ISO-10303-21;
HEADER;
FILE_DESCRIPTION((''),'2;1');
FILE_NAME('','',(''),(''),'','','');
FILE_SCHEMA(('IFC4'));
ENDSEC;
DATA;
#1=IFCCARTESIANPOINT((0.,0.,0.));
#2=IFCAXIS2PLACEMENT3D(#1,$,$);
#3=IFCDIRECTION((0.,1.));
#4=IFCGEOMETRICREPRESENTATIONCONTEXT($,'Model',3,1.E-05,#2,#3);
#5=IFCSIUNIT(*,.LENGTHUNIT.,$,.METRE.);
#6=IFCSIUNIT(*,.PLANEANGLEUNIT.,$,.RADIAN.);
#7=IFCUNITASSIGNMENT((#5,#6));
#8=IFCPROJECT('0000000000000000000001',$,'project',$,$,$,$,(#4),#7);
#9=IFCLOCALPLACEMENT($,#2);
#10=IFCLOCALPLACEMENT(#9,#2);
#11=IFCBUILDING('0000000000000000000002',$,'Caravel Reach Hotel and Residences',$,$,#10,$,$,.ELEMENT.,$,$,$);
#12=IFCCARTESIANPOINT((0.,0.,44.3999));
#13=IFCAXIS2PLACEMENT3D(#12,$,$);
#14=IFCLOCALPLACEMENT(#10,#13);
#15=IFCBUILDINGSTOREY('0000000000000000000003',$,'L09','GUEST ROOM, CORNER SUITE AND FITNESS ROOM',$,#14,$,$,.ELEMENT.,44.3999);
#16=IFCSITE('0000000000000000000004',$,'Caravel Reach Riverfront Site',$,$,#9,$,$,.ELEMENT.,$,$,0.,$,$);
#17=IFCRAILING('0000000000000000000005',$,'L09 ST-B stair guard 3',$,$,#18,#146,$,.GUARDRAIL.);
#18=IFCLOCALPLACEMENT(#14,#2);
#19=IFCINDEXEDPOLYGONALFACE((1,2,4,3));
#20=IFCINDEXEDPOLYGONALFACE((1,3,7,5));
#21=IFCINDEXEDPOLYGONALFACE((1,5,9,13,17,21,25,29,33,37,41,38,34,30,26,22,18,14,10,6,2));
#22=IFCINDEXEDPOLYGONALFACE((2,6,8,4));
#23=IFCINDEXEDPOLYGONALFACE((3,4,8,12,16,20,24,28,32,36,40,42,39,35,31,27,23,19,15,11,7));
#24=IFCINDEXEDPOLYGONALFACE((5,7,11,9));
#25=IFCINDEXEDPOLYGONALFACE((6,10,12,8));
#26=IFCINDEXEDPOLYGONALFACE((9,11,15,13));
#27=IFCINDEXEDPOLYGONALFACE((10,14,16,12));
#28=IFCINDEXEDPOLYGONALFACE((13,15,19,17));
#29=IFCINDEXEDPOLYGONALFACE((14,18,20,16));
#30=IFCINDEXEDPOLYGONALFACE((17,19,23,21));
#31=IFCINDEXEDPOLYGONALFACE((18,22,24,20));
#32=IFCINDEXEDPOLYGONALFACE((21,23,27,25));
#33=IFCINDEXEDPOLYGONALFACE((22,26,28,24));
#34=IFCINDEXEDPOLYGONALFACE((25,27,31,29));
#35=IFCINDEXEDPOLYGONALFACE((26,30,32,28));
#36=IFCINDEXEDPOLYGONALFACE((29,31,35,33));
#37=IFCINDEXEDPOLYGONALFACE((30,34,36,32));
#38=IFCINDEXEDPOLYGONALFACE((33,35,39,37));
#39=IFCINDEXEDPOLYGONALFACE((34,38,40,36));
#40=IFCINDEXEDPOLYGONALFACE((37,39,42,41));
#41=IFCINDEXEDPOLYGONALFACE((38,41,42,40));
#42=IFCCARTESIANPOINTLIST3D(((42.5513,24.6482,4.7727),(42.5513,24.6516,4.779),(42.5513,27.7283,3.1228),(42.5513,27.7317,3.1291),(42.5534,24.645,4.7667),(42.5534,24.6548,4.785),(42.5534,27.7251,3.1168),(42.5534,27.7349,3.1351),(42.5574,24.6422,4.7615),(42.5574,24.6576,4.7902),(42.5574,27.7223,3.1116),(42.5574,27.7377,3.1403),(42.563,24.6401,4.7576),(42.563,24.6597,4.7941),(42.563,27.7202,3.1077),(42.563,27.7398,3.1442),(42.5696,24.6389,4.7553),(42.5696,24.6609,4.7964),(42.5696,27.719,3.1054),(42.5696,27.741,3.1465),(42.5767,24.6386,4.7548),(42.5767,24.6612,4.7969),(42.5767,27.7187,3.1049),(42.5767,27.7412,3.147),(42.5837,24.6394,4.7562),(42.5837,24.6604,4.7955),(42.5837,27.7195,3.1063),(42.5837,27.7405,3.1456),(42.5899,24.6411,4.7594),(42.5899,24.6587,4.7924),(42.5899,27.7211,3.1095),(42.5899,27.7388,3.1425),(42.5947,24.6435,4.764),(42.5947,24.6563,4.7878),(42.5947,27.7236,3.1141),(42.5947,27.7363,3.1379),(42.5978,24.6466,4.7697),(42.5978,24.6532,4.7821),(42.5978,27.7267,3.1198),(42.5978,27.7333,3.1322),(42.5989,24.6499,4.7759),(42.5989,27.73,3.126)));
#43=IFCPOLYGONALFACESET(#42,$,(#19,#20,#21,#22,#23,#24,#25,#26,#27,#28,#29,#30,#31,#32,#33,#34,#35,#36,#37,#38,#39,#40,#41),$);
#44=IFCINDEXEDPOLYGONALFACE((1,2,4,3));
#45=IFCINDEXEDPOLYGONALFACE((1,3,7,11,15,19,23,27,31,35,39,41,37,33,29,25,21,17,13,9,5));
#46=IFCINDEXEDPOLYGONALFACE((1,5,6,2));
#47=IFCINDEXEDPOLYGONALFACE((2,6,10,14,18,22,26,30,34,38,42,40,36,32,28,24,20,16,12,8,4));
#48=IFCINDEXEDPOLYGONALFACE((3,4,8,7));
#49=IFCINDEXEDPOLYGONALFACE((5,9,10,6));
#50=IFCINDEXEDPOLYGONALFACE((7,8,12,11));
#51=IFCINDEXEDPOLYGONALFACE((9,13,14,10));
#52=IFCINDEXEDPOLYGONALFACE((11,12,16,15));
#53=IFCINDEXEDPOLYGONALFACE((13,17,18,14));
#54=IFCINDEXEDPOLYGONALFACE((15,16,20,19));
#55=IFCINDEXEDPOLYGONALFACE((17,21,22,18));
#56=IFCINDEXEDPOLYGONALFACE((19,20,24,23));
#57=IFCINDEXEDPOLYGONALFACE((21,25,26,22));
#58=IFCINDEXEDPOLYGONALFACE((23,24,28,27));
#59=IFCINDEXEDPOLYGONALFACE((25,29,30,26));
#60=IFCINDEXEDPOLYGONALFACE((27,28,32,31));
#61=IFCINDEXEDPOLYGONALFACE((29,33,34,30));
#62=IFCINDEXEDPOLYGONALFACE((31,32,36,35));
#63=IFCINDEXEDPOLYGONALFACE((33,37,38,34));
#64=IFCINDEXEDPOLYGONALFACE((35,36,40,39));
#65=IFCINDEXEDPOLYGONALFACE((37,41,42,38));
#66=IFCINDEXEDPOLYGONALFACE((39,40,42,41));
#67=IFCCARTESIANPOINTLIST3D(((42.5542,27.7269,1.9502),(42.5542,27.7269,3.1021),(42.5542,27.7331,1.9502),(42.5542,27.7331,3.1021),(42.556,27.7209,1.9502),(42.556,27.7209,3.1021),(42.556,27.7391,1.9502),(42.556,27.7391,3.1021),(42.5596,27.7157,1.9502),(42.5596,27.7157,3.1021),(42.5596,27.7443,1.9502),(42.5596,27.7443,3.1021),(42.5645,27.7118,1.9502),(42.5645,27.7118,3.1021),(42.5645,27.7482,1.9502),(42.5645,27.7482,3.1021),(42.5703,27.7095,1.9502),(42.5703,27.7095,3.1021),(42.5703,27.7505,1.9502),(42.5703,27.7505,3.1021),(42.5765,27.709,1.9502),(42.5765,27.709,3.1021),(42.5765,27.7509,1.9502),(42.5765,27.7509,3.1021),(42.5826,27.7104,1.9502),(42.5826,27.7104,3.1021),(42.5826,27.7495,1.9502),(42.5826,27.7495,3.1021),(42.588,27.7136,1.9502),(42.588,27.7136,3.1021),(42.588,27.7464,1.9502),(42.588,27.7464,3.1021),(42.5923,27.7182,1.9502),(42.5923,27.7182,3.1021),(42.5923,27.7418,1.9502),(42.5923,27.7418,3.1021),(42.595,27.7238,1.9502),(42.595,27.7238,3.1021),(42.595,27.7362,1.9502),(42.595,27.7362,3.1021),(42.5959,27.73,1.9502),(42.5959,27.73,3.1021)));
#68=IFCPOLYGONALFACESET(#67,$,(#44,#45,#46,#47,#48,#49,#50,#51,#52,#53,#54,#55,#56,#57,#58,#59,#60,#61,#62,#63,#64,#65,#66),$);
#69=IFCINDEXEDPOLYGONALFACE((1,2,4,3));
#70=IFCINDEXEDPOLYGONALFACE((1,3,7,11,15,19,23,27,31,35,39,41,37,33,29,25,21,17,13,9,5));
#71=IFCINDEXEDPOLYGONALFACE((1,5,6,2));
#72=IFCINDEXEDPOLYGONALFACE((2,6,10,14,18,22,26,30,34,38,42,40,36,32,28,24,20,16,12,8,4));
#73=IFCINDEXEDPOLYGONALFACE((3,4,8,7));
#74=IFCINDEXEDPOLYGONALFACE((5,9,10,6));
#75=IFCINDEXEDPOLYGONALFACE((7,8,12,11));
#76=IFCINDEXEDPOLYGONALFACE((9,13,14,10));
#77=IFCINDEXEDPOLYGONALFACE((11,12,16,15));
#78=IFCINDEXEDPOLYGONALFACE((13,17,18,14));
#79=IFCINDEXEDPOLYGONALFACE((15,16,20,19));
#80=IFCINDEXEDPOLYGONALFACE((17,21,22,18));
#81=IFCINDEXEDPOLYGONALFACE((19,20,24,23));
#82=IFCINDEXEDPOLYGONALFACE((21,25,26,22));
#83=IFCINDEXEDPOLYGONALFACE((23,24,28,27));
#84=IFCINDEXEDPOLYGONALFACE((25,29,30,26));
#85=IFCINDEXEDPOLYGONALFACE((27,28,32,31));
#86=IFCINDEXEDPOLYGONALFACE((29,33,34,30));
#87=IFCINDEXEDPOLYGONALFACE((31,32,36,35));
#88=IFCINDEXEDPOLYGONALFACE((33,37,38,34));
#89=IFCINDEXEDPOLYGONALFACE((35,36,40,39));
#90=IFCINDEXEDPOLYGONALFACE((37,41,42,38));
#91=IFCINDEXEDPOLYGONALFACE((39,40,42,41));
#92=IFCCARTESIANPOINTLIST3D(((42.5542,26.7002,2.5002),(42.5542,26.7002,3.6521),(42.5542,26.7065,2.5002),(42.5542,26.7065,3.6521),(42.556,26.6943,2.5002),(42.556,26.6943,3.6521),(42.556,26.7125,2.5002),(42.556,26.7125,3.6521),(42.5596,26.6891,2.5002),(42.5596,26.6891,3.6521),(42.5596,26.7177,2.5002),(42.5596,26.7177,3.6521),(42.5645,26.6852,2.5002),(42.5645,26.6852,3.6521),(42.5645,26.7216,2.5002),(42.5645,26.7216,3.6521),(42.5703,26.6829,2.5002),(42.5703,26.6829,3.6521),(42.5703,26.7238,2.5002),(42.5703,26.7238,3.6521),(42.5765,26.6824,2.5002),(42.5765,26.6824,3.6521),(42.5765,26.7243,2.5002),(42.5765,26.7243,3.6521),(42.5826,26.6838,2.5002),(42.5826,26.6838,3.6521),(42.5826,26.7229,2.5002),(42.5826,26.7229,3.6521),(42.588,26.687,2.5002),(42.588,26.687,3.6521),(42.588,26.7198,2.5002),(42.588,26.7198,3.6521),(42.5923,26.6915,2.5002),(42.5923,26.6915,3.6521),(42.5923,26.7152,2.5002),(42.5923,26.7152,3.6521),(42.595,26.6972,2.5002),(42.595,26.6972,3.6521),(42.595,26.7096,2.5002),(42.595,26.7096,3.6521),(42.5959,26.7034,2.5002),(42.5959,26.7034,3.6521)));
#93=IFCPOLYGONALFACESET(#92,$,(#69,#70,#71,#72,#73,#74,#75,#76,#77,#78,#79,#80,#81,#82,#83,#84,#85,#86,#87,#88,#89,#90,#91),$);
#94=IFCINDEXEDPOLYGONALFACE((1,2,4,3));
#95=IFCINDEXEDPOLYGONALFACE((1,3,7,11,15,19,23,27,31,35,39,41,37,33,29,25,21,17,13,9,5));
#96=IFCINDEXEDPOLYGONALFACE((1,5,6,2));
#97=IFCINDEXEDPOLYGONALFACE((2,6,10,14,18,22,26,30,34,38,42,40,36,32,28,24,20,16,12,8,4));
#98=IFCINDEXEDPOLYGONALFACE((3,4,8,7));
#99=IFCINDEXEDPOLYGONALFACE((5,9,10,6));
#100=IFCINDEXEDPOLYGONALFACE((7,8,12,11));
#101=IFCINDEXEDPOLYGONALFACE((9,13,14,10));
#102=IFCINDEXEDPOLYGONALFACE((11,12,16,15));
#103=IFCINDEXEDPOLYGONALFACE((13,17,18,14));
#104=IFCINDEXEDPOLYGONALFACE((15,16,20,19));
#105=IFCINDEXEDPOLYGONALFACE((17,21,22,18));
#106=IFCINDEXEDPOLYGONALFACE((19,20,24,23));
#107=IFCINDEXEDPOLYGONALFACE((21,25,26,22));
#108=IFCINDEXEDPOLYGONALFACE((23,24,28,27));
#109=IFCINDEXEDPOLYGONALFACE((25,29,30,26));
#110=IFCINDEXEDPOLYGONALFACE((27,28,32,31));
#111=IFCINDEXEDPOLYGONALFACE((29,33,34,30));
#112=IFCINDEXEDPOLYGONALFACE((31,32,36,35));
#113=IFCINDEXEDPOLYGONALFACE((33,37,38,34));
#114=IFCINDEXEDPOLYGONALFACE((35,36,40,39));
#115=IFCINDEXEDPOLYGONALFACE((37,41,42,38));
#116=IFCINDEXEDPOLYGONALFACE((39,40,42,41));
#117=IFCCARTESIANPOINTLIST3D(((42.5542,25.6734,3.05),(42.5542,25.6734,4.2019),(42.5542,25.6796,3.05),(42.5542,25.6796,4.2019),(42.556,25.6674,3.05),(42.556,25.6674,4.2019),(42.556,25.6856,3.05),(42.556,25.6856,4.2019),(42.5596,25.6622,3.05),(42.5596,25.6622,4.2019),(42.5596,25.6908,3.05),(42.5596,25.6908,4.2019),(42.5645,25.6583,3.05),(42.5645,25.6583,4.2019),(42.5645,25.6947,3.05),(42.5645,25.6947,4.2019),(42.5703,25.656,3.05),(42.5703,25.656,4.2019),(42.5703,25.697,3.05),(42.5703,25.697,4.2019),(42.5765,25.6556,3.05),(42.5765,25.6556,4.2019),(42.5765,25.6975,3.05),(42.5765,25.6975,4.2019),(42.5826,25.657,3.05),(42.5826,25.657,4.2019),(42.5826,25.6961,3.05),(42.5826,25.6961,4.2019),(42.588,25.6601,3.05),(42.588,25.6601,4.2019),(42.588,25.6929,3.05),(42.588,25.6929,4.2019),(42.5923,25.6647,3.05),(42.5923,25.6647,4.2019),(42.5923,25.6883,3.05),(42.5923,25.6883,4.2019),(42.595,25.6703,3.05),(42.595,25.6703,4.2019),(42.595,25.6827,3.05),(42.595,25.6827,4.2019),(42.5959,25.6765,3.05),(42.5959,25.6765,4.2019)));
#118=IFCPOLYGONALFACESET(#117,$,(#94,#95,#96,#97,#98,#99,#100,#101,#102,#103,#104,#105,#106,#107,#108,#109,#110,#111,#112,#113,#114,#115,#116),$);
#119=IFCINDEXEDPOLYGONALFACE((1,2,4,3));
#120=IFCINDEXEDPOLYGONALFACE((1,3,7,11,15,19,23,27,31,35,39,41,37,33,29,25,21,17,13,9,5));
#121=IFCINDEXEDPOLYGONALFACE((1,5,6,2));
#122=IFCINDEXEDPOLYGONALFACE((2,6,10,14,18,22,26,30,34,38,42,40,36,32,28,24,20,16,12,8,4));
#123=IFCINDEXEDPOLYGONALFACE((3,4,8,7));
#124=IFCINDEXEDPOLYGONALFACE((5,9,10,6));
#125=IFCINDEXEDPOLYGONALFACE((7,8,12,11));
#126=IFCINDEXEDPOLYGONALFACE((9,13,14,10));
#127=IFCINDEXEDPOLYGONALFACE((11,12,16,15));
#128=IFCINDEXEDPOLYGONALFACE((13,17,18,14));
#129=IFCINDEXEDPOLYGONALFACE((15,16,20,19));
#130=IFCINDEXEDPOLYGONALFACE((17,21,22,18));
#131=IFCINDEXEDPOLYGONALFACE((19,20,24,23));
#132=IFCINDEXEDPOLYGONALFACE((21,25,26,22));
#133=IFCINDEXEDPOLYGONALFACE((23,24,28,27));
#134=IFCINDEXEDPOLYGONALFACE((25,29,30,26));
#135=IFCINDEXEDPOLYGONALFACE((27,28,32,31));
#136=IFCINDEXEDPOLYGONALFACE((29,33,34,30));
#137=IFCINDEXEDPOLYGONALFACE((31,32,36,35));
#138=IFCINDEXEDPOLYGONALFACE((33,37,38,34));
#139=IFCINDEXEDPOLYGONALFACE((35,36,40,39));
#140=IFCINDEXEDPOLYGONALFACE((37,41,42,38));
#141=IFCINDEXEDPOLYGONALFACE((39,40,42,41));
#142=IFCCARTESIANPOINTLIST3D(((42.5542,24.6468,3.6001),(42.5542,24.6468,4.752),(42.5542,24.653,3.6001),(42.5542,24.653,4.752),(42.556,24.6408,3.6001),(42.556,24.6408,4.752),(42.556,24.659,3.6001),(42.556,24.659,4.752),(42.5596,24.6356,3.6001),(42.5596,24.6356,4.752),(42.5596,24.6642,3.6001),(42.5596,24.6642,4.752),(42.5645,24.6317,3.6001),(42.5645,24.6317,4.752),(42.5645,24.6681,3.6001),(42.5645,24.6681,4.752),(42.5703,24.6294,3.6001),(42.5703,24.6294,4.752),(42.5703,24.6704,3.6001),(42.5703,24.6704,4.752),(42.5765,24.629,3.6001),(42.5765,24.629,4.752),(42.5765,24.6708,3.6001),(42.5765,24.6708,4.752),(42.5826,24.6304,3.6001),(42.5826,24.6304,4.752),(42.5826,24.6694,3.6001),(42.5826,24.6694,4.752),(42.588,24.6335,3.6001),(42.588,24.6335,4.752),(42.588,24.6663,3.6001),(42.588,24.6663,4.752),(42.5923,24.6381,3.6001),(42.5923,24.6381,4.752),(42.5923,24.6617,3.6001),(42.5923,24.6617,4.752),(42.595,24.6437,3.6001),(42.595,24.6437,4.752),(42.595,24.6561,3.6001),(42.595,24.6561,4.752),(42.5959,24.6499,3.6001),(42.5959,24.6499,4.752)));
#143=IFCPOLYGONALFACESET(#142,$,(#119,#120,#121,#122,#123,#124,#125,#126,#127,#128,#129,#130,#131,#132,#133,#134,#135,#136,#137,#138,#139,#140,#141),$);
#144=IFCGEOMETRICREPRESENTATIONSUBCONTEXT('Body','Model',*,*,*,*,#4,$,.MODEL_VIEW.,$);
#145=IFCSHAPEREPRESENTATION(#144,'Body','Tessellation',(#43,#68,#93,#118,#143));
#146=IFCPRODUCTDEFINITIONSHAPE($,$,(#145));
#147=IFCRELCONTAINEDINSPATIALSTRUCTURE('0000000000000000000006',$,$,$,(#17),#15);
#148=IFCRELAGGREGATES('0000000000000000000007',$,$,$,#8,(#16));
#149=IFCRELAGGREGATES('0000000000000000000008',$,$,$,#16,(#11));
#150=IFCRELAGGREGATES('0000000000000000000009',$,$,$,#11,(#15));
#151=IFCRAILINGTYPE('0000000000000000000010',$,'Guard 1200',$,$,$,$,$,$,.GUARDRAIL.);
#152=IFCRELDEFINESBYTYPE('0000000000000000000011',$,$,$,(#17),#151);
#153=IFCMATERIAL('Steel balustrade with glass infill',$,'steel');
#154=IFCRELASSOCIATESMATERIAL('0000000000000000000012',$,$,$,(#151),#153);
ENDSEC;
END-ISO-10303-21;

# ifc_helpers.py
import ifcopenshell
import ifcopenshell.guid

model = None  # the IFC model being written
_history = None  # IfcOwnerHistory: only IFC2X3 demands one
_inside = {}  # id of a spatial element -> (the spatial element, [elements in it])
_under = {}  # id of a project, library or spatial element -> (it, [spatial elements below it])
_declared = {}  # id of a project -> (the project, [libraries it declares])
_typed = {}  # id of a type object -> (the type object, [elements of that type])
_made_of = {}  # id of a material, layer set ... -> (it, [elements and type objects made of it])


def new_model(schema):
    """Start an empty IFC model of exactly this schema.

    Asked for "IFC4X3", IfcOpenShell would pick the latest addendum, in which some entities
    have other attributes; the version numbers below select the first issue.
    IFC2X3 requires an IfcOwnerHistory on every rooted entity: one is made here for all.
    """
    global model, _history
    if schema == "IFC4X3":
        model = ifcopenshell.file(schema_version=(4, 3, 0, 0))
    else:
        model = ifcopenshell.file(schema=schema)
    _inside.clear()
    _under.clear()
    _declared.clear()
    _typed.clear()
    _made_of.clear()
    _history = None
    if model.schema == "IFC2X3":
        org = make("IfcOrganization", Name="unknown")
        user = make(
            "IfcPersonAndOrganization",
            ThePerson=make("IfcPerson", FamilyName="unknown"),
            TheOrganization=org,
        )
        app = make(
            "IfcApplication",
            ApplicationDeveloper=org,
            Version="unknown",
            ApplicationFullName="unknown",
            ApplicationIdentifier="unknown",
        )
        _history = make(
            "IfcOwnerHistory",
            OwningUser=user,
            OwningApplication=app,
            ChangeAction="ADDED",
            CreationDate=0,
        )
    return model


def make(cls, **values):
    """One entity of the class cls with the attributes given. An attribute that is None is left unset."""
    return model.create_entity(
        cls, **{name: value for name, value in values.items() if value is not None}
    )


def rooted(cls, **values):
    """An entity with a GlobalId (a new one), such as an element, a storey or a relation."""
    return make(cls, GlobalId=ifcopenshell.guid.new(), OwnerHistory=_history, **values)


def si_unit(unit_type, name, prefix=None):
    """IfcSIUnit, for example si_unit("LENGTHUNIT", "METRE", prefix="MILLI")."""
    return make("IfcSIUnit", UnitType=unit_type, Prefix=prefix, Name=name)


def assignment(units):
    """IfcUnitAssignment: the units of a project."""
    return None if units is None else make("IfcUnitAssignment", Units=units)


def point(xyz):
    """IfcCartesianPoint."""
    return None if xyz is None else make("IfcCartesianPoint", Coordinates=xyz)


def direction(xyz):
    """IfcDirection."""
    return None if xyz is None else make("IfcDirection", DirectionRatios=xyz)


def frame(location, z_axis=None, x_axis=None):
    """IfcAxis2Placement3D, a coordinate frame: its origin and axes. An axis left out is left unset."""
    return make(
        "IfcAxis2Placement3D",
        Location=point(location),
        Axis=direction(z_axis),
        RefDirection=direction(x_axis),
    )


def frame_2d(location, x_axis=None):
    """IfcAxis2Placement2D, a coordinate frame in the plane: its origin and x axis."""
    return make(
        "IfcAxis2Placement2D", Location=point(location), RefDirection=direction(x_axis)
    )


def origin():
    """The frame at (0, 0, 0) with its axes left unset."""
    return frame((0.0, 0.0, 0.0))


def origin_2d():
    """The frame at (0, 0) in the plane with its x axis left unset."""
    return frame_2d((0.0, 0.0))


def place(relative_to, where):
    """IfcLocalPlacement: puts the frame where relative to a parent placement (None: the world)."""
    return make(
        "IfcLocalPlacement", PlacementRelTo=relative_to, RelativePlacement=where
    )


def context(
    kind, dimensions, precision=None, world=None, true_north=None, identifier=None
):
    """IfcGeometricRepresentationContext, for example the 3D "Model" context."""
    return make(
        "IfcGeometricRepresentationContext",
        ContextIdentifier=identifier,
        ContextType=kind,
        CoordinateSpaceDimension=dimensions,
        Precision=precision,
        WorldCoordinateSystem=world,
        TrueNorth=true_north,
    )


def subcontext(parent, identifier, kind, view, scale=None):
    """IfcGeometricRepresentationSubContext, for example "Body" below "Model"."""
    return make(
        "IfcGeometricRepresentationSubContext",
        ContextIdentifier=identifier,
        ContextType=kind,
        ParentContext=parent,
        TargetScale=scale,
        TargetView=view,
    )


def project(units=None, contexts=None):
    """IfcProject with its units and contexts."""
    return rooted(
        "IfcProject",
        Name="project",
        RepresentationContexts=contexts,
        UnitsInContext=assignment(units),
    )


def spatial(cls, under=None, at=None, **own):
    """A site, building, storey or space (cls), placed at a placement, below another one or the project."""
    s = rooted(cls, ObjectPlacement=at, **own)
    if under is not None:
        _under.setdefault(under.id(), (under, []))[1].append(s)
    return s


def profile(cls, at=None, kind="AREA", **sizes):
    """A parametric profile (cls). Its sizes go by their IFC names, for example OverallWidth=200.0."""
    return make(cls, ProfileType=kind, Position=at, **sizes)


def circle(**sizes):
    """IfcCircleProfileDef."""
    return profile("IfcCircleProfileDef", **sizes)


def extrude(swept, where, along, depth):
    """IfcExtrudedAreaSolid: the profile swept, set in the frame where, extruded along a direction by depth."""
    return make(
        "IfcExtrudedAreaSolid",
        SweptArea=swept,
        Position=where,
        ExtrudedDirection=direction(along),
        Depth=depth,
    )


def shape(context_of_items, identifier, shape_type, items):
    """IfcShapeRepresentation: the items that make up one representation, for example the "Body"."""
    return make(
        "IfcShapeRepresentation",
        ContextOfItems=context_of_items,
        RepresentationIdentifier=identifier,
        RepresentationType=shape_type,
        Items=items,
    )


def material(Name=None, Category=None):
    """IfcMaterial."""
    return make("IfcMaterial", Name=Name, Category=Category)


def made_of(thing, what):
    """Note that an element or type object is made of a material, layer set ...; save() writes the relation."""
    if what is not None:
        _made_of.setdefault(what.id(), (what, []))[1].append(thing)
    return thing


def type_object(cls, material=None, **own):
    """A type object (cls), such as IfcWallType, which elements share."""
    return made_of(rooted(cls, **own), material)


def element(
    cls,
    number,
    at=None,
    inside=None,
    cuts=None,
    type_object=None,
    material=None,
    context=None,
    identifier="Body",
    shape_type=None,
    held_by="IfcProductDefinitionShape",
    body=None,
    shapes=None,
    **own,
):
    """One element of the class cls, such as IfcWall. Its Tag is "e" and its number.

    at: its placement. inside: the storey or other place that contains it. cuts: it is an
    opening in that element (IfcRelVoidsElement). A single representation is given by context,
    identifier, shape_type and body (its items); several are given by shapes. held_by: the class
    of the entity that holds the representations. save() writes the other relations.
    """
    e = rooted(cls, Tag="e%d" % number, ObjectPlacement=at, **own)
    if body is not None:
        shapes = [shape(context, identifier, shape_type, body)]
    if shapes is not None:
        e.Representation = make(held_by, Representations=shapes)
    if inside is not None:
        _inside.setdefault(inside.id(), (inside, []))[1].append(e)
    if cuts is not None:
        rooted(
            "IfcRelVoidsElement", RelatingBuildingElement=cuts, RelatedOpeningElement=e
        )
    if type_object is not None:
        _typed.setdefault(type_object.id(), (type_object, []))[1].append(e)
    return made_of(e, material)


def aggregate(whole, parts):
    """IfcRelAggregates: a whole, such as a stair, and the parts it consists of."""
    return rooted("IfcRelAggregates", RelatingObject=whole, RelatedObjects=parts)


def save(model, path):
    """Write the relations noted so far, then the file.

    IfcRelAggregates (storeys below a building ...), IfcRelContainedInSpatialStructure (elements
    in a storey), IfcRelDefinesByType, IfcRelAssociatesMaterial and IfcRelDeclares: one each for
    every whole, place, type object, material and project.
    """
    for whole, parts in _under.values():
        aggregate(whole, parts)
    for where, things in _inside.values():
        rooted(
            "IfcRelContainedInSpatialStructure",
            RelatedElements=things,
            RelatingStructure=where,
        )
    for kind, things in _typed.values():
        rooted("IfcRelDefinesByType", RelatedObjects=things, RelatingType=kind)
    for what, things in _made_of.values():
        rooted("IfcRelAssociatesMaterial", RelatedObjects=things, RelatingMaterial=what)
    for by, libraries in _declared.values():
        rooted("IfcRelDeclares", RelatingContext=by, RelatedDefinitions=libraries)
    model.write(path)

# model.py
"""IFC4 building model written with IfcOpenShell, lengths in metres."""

from ifc_helpers import new_model, si_unit, direction, frame, origin, origin_2d, place, context, subcontext, project, spatial, circle, extrude, material, type_object, element, save


model = new_model("IFC4")

# Units and contexts
model_context = context("Model", 3, precision=1e-05, world=origin(), true_north=direction((0.0, 1.0)))
body_context = subcontext(model_context, "Body", "Model", "MODEL_VIEW")
ifc_project = project(units=[si_unit("LENGTHUNIT", "METRE"), si_unit("PLANEANGLEUNIT", "RADIAN")], contexts=[model_context])

# Site, building, storey
site_placement = place(None, origin())
site = spatial("IfcSite", under=ifc_project, at=site_placement, Name="Caravel Reach Riverfront Site", CompositionType="ELEMENT", RefElevation=0.0)
building_placement = place(site_placement, origin())
building = spatial("IfcBuilding", under=site, at=building_placement, Name="Caravel Reach Hotel and Residences", CompositionType="ELEMENT")
storey_placement = place(building_placement, frame((0.0, 0.0, 44.3999)))
storey = spatial("IfcBuildingStorey", under=building, at=storey_placement, Name="L09", Description="GUEST ROOM, CORNER SUITE AND FITNESS ROOM", CompositionType="ELEMENT", Elevation=44.3999)

# Railing
ifc_material_1 = material(Name="Steel balustrade with glass infill", Category="steel")
railing_type_1 = type_object("IfcRailingType", Name="Guard 1200", PredefinedType="GUARDRAIL", material=ifc_material_1)
railing_1_placement = place(storey_placement, frame((42.575, 27.73, 1.9502)))
element("IfcRailing", 1, at=railing_1_placement, inside=storey, type_object=railing_type_1, Name="L09 ST-B stair guard 3", PredefinedType="GUARDRAIL", context=body_context, shape_type="SweptSolid", body=[
    extrude(circle(Radius=0.0239, at=origin_2d()), frame((0.0, 0.0, 1.1758), z_axis=(0.0, -0.881497, 0.47219), x_axis=(1.0, 0.0, 0.0)), (0.0, 0.0, 1.0), 3.4941),
    extrude(circle(Radius=0.021, at=origin_2d()), origin(), (0.0, 0.0, 1.0), 1.1519),
    extrude(circle(Radius=0.021, at=origin_2d()), frame((0.0, -1.0266, 0.55)), (0.0, 0.0, 1.0), 1.1519),
    extrude(circle(Radius=0.021, at=origin_2d()), frame((0.0, -2.0535, 1.0999)), (0.0, 0.0, 1.0), 1.1519),
    extrude(circle(Radius=0.021, at=origin_2d()), frame((0.0, -3.0801, 1.6499)), (0.0, 0.0, 1.0), 1.1519),
])

save(model, "model.ifc")
